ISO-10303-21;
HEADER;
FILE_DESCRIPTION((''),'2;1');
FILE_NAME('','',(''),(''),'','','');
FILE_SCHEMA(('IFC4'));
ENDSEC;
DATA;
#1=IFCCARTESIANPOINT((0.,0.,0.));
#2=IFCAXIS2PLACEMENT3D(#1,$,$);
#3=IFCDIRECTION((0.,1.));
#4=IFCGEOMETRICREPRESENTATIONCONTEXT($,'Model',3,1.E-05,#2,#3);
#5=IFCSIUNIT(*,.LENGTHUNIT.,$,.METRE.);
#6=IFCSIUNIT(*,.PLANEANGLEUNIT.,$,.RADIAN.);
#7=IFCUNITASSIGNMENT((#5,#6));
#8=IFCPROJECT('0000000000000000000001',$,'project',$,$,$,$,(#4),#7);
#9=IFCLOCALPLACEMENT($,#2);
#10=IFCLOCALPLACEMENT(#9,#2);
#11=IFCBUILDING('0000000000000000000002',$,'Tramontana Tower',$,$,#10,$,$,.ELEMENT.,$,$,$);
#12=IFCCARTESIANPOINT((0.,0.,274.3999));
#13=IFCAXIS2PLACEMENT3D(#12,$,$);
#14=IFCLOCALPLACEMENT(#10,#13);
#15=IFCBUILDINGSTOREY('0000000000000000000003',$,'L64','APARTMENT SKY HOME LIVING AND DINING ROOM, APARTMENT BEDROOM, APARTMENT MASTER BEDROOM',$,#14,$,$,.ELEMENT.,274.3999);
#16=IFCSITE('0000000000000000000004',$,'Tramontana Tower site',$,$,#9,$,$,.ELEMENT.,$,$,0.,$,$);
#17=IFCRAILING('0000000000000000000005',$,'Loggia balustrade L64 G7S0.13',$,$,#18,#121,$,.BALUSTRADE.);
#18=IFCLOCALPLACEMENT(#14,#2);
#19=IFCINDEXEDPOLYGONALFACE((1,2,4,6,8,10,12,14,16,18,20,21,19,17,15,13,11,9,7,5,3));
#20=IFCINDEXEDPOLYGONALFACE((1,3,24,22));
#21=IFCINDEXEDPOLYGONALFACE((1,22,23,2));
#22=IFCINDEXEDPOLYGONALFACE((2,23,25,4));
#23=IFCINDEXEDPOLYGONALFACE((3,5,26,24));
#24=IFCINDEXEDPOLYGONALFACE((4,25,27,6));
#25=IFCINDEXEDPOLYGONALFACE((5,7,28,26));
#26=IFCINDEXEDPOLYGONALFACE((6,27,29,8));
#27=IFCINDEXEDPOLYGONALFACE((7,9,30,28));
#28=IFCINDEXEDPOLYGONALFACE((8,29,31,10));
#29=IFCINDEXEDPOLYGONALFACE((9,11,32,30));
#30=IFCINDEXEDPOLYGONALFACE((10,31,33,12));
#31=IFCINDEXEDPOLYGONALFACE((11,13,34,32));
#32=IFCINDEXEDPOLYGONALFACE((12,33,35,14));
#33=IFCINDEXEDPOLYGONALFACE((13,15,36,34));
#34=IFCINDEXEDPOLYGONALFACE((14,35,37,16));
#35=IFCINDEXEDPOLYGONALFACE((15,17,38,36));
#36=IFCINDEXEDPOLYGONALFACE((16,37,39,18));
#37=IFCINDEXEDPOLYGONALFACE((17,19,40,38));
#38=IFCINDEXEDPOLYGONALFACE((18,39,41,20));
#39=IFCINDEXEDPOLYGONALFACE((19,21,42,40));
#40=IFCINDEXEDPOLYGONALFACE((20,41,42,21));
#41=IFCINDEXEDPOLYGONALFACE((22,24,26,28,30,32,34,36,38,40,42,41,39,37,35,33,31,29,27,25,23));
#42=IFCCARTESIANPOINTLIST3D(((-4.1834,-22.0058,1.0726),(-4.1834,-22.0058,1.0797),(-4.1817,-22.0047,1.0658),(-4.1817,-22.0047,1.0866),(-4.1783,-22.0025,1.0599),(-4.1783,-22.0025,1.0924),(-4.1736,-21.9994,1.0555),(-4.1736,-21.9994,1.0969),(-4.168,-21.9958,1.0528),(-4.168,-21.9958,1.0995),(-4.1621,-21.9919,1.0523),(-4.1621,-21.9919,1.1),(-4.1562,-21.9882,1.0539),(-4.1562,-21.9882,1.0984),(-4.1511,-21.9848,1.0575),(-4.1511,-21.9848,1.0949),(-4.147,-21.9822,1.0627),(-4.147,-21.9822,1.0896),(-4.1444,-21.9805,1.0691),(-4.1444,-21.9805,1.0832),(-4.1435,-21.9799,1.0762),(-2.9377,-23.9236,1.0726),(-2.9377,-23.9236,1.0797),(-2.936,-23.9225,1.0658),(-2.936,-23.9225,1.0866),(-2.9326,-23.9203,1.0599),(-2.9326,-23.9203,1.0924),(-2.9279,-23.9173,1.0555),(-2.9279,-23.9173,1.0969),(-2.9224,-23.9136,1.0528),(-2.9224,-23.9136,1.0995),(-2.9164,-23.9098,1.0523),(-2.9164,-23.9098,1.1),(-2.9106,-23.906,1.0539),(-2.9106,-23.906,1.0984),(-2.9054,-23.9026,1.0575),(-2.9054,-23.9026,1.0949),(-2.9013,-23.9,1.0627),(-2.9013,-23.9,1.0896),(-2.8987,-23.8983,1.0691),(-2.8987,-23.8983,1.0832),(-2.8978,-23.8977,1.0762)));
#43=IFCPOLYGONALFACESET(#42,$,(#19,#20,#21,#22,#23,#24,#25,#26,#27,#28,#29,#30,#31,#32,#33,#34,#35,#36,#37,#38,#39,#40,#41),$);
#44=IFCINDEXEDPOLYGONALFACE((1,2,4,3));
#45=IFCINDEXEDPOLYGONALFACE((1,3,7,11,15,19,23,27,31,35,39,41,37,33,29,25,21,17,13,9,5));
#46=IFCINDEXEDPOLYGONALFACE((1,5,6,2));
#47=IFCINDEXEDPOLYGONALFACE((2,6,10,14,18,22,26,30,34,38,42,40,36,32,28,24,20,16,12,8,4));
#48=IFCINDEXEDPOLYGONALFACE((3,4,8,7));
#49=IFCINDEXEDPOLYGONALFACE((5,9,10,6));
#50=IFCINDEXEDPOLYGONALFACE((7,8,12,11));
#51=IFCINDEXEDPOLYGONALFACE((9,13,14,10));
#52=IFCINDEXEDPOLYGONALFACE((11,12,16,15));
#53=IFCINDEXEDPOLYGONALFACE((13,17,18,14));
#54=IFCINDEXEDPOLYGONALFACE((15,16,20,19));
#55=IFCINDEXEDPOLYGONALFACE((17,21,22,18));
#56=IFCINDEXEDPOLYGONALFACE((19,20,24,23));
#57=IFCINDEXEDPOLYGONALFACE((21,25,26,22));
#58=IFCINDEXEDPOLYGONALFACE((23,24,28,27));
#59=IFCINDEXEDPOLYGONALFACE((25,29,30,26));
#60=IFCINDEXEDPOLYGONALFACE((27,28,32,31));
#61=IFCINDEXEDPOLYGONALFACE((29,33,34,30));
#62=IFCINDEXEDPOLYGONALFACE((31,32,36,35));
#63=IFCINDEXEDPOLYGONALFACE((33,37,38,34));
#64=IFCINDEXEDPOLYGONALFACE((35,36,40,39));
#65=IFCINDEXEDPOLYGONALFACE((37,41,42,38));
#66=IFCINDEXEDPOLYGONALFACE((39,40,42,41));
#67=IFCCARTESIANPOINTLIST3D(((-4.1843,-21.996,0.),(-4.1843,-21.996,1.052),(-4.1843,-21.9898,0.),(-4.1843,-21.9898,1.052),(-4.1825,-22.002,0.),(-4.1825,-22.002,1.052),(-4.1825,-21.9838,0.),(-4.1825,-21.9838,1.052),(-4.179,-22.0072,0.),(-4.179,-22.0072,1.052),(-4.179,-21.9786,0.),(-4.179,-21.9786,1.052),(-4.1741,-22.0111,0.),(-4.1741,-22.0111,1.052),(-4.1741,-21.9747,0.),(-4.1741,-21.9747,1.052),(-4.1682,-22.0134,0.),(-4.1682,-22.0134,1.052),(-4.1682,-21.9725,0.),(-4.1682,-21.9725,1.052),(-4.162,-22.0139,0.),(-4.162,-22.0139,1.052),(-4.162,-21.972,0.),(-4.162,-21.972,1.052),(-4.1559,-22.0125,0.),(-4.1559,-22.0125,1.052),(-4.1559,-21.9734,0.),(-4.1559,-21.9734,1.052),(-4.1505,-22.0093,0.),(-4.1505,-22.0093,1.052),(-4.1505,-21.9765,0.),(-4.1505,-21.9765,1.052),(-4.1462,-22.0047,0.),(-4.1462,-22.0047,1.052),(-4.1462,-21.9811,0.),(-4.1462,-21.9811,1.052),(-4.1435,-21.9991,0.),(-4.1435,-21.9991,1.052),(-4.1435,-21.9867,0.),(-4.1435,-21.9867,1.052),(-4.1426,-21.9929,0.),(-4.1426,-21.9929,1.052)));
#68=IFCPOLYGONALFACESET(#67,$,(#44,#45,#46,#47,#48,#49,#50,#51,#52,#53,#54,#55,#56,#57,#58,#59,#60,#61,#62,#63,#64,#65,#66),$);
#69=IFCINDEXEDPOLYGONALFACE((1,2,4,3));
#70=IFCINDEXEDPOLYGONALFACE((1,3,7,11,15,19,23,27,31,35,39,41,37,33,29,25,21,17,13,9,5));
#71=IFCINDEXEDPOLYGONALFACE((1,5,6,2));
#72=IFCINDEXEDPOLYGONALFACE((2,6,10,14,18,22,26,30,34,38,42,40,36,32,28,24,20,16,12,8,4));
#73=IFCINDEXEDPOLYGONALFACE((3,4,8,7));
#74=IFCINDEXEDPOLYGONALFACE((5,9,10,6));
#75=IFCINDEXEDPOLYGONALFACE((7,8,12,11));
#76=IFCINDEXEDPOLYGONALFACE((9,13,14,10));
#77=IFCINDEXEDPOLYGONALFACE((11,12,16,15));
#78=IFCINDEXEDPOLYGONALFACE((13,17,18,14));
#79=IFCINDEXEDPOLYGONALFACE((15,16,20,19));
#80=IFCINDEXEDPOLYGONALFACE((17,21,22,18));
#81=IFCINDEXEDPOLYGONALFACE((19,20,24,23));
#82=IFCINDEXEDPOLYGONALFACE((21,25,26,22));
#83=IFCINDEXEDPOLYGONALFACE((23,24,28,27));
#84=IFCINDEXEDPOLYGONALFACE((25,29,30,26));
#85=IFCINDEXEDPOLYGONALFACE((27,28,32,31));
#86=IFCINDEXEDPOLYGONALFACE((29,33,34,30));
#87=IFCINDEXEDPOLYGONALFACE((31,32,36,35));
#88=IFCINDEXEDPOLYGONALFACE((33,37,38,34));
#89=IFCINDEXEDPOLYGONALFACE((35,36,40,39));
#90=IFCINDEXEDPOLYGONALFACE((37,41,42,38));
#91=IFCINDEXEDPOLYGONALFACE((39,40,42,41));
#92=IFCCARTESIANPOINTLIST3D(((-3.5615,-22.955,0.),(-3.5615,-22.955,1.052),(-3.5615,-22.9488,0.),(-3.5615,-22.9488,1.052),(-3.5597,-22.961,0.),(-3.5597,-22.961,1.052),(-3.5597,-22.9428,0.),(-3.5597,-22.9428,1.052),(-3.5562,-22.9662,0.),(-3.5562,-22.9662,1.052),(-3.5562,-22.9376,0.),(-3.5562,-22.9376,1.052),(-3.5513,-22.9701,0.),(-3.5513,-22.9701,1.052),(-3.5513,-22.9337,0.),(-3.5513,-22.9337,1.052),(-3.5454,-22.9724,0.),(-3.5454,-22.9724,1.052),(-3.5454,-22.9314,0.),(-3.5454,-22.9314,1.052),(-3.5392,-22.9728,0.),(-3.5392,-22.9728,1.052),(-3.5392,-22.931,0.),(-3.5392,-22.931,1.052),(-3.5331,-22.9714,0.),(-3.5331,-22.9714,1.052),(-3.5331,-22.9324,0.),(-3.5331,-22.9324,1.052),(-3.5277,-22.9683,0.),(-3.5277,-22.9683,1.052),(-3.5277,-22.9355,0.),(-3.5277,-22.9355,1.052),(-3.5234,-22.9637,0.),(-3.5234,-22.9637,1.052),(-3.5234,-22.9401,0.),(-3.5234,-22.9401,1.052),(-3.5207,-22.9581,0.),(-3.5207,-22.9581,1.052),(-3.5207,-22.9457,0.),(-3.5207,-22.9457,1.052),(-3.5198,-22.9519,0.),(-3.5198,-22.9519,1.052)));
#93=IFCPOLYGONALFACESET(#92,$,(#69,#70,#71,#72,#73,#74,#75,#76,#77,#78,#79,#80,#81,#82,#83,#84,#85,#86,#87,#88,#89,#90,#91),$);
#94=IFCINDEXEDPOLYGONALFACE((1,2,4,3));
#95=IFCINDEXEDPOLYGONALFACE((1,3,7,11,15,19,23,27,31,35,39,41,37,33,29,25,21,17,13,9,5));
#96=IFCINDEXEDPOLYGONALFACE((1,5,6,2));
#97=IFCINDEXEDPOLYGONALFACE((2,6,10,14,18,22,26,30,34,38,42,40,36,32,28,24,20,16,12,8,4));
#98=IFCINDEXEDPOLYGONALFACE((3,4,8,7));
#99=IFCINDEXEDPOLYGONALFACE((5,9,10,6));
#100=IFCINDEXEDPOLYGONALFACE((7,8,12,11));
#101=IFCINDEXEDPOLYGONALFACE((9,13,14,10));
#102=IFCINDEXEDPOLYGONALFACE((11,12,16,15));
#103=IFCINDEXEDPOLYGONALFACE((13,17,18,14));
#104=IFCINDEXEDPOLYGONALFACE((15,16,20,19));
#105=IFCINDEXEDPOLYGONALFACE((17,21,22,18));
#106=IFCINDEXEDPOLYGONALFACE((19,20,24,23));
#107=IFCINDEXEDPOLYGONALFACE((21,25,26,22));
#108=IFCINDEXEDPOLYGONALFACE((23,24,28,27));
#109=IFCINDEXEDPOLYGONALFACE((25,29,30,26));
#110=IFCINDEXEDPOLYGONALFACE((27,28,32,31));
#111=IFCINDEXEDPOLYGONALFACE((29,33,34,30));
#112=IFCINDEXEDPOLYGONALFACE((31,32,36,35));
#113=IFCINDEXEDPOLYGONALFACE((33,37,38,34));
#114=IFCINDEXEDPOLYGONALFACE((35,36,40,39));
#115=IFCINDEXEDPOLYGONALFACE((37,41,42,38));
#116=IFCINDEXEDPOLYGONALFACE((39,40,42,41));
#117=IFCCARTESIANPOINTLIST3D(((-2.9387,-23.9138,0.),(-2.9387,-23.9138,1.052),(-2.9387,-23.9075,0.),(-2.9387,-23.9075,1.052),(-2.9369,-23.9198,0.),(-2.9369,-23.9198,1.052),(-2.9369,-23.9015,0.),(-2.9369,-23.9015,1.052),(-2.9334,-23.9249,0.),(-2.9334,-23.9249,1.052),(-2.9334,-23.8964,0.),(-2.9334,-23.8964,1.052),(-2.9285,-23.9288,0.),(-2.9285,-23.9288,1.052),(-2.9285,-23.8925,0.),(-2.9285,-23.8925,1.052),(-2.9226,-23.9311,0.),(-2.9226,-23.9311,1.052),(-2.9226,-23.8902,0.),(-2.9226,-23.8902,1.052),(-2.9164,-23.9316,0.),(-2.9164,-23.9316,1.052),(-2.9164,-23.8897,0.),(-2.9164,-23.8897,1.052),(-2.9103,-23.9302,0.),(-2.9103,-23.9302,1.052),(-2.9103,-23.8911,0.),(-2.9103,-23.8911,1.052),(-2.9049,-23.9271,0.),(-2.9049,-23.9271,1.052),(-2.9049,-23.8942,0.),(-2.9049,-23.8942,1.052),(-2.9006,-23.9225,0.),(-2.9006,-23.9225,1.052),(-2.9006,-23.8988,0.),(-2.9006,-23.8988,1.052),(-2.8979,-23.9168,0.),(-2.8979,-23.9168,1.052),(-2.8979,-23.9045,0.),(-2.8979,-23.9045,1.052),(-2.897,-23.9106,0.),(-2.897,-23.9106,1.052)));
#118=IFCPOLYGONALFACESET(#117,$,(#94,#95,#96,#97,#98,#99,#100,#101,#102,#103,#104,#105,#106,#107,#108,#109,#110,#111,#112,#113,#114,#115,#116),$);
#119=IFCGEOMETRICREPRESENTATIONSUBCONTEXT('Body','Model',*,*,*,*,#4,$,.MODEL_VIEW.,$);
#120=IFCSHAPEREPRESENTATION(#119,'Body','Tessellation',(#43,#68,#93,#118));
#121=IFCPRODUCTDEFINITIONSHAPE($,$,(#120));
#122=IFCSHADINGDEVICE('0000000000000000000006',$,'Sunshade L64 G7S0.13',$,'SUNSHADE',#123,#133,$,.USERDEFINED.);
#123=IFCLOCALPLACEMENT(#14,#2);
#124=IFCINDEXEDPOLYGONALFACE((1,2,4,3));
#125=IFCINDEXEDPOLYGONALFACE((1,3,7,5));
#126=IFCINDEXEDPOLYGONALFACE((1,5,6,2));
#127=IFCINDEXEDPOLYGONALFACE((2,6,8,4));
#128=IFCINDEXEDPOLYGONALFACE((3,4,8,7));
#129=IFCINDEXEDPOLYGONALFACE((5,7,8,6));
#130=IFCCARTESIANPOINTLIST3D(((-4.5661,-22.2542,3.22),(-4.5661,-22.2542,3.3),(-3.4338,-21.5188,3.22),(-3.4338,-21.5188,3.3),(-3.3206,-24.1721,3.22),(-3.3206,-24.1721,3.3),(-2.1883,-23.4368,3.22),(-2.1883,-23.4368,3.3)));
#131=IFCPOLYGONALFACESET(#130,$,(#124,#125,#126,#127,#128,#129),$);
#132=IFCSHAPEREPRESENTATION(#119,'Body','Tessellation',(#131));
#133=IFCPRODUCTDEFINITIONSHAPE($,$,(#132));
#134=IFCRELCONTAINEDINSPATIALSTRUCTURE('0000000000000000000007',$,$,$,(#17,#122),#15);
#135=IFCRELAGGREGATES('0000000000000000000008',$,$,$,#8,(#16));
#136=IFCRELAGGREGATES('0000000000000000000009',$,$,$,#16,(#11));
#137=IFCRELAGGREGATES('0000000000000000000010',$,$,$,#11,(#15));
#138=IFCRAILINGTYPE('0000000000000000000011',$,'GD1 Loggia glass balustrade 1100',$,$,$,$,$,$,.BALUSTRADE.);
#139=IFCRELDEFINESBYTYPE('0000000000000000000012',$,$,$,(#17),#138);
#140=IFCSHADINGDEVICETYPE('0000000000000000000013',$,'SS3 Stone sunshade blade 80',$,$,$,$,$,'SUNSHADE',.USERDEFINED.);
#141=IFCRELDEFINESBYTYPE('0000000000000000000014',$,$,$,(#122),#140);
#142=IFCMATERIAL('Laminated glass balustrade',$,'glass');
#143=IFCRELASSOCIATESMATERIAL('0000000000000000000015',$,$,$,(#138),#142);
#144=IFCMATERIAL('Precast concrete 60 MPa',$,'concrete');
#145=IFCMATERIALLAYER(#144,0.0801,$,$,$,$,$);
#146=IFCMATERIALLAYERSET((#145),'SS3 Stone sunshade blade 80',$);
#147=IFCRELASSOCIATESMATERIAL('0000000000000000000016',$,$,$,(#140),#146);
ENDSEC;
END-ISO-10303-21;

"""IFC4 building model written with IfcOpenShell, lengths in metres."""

from ifc_helpers import new_model, si_unit, direction, frame, origin, origin_2d, place, context, subcontext, project, spatial, rectangle, circle, extrude, material, layer, layer_set, type_object, element, save


model = new_model("IFC4")

# Units and contexts
model_context = context("Model", 3, precision=1e-05, world=origin(), true_north=direction((0.0, 1.0)))
body_context = subcontext(model_context, "Body", "Model", "MODEL_VIEW")
ifc_project = project(units=[si_unit("LENGTHUNIT", "METRE"), si_unit("PLANEANGLEUNIT", "RADIAN")], contexts=[model_context])

# Site, building, storey
site_placement = place(None, origin())
site = spatial("IfcSite", under=ifc_project, at=site_placement, Name="Tramontana Tower site", CompositionType="ELEMENT", RefElevation=0.0)
building_placement = place(site_placement, origin())
building = spatial("IfcBuilding", under=site, at=building_placement, Name="Tramontana Tower", CompositionType="ELEMENT")
storey_placement = place(building_placement, frame((0.0, 0.0, 274.3999)))
storey = spatial("IfcBuildingStorey", under=building, at=storey_placement, Name="L64", Description="APARTMENT SKY HOME LIVING AND DINING ROOM, APARTMENT BEDROOM, APARTMENT MASTER BEDROOM", CompositionType="ELEMENT", Elevation=274.3999)

# Railing
ifc_material_1 = material(Name="Laminated glass balustrade", Category="glass")
railing_type = type_object("IfcRailingType", Name="GD1 Loggia glass balustrade 1100", PredefinedType="BALUSTRADE", material=ifc_material_1)
railing_placement = place(storey_placement, frame((-4.1636, -21.9929, 0.0)))
element("IfcRailing", 1, at=railing_placement, inside=storey, type_object=railing_type, Name="Loggia balustrade L64 G7S0.13", PredefinedType="BALUSTRADE", context=body_context, shape_type="SweptSolid", body=[
    extrude(circle(Radius=0.0239, at=origin_2d()), frame((0.0, 0.0, 1.0762), z_axis=(0.544707, -0.838627, 0.0), x_axis=(0.838627, 0.544707, 0.0)), (0.0, 0.0, 1.0), 2.2869),
    extrude(circle(Radius=0.021, at=origin_2d()), origin(), (0.0, 0.0, 1.0), 1.052),
    extrude(circle(Radius=0.021, at=origin_2d()), frame((0.6228, -0.959, 0.0)), (0.0, 0.0, 1.0), 1.052),
    extrude(circle(Radius=0.021, at=origin_2d()), frame((1.2456, -1.9177, 0.0)), (0.0, 0.0, 1.0), 1.052),
])

# Shading device
ifc_material_2 = material(Name="Precast concrete 60 MPa", Category="concrete")
ifc_layer_1 = layer(ifc_material_2, 0.0801)
ifc_layer_set_1 = layer_set([ifc_layer_1], Name="SS3 Stone sunshade blade 80")
shading_device_type = type_object("IfcShadingDeviceType", Name="SS3 Stone sunshade blade 80", ElementType="SUNSHADE", PredefinedType="USERDEFINED", material=ifc_layer_set_1)
shading_device_placement = place(storey_placement, frame((-3.3772, -22.8455, 3.22), z_axis=(0.0, 0.0, 1.0), x_axis=(0.544639, -0.838671, 0.0)))
element("IfcShadingDevice", 2, at=shading_device_placement, inside=storey, type_object=shading_device_type, Name="Sunshade L64 G7S0.13", ObjectType="SUNSHADE", PredefinedType="USERDEFINED", context=body_context, shape_type="SweptSolid", body=[
    extrude(rectangle(XDim=2.2869, YDim=1.3501, at=origin_2d()), origin(), (0.0, 0.0, 1.0), 0.0801),
])

save(model, "model.ifc")
